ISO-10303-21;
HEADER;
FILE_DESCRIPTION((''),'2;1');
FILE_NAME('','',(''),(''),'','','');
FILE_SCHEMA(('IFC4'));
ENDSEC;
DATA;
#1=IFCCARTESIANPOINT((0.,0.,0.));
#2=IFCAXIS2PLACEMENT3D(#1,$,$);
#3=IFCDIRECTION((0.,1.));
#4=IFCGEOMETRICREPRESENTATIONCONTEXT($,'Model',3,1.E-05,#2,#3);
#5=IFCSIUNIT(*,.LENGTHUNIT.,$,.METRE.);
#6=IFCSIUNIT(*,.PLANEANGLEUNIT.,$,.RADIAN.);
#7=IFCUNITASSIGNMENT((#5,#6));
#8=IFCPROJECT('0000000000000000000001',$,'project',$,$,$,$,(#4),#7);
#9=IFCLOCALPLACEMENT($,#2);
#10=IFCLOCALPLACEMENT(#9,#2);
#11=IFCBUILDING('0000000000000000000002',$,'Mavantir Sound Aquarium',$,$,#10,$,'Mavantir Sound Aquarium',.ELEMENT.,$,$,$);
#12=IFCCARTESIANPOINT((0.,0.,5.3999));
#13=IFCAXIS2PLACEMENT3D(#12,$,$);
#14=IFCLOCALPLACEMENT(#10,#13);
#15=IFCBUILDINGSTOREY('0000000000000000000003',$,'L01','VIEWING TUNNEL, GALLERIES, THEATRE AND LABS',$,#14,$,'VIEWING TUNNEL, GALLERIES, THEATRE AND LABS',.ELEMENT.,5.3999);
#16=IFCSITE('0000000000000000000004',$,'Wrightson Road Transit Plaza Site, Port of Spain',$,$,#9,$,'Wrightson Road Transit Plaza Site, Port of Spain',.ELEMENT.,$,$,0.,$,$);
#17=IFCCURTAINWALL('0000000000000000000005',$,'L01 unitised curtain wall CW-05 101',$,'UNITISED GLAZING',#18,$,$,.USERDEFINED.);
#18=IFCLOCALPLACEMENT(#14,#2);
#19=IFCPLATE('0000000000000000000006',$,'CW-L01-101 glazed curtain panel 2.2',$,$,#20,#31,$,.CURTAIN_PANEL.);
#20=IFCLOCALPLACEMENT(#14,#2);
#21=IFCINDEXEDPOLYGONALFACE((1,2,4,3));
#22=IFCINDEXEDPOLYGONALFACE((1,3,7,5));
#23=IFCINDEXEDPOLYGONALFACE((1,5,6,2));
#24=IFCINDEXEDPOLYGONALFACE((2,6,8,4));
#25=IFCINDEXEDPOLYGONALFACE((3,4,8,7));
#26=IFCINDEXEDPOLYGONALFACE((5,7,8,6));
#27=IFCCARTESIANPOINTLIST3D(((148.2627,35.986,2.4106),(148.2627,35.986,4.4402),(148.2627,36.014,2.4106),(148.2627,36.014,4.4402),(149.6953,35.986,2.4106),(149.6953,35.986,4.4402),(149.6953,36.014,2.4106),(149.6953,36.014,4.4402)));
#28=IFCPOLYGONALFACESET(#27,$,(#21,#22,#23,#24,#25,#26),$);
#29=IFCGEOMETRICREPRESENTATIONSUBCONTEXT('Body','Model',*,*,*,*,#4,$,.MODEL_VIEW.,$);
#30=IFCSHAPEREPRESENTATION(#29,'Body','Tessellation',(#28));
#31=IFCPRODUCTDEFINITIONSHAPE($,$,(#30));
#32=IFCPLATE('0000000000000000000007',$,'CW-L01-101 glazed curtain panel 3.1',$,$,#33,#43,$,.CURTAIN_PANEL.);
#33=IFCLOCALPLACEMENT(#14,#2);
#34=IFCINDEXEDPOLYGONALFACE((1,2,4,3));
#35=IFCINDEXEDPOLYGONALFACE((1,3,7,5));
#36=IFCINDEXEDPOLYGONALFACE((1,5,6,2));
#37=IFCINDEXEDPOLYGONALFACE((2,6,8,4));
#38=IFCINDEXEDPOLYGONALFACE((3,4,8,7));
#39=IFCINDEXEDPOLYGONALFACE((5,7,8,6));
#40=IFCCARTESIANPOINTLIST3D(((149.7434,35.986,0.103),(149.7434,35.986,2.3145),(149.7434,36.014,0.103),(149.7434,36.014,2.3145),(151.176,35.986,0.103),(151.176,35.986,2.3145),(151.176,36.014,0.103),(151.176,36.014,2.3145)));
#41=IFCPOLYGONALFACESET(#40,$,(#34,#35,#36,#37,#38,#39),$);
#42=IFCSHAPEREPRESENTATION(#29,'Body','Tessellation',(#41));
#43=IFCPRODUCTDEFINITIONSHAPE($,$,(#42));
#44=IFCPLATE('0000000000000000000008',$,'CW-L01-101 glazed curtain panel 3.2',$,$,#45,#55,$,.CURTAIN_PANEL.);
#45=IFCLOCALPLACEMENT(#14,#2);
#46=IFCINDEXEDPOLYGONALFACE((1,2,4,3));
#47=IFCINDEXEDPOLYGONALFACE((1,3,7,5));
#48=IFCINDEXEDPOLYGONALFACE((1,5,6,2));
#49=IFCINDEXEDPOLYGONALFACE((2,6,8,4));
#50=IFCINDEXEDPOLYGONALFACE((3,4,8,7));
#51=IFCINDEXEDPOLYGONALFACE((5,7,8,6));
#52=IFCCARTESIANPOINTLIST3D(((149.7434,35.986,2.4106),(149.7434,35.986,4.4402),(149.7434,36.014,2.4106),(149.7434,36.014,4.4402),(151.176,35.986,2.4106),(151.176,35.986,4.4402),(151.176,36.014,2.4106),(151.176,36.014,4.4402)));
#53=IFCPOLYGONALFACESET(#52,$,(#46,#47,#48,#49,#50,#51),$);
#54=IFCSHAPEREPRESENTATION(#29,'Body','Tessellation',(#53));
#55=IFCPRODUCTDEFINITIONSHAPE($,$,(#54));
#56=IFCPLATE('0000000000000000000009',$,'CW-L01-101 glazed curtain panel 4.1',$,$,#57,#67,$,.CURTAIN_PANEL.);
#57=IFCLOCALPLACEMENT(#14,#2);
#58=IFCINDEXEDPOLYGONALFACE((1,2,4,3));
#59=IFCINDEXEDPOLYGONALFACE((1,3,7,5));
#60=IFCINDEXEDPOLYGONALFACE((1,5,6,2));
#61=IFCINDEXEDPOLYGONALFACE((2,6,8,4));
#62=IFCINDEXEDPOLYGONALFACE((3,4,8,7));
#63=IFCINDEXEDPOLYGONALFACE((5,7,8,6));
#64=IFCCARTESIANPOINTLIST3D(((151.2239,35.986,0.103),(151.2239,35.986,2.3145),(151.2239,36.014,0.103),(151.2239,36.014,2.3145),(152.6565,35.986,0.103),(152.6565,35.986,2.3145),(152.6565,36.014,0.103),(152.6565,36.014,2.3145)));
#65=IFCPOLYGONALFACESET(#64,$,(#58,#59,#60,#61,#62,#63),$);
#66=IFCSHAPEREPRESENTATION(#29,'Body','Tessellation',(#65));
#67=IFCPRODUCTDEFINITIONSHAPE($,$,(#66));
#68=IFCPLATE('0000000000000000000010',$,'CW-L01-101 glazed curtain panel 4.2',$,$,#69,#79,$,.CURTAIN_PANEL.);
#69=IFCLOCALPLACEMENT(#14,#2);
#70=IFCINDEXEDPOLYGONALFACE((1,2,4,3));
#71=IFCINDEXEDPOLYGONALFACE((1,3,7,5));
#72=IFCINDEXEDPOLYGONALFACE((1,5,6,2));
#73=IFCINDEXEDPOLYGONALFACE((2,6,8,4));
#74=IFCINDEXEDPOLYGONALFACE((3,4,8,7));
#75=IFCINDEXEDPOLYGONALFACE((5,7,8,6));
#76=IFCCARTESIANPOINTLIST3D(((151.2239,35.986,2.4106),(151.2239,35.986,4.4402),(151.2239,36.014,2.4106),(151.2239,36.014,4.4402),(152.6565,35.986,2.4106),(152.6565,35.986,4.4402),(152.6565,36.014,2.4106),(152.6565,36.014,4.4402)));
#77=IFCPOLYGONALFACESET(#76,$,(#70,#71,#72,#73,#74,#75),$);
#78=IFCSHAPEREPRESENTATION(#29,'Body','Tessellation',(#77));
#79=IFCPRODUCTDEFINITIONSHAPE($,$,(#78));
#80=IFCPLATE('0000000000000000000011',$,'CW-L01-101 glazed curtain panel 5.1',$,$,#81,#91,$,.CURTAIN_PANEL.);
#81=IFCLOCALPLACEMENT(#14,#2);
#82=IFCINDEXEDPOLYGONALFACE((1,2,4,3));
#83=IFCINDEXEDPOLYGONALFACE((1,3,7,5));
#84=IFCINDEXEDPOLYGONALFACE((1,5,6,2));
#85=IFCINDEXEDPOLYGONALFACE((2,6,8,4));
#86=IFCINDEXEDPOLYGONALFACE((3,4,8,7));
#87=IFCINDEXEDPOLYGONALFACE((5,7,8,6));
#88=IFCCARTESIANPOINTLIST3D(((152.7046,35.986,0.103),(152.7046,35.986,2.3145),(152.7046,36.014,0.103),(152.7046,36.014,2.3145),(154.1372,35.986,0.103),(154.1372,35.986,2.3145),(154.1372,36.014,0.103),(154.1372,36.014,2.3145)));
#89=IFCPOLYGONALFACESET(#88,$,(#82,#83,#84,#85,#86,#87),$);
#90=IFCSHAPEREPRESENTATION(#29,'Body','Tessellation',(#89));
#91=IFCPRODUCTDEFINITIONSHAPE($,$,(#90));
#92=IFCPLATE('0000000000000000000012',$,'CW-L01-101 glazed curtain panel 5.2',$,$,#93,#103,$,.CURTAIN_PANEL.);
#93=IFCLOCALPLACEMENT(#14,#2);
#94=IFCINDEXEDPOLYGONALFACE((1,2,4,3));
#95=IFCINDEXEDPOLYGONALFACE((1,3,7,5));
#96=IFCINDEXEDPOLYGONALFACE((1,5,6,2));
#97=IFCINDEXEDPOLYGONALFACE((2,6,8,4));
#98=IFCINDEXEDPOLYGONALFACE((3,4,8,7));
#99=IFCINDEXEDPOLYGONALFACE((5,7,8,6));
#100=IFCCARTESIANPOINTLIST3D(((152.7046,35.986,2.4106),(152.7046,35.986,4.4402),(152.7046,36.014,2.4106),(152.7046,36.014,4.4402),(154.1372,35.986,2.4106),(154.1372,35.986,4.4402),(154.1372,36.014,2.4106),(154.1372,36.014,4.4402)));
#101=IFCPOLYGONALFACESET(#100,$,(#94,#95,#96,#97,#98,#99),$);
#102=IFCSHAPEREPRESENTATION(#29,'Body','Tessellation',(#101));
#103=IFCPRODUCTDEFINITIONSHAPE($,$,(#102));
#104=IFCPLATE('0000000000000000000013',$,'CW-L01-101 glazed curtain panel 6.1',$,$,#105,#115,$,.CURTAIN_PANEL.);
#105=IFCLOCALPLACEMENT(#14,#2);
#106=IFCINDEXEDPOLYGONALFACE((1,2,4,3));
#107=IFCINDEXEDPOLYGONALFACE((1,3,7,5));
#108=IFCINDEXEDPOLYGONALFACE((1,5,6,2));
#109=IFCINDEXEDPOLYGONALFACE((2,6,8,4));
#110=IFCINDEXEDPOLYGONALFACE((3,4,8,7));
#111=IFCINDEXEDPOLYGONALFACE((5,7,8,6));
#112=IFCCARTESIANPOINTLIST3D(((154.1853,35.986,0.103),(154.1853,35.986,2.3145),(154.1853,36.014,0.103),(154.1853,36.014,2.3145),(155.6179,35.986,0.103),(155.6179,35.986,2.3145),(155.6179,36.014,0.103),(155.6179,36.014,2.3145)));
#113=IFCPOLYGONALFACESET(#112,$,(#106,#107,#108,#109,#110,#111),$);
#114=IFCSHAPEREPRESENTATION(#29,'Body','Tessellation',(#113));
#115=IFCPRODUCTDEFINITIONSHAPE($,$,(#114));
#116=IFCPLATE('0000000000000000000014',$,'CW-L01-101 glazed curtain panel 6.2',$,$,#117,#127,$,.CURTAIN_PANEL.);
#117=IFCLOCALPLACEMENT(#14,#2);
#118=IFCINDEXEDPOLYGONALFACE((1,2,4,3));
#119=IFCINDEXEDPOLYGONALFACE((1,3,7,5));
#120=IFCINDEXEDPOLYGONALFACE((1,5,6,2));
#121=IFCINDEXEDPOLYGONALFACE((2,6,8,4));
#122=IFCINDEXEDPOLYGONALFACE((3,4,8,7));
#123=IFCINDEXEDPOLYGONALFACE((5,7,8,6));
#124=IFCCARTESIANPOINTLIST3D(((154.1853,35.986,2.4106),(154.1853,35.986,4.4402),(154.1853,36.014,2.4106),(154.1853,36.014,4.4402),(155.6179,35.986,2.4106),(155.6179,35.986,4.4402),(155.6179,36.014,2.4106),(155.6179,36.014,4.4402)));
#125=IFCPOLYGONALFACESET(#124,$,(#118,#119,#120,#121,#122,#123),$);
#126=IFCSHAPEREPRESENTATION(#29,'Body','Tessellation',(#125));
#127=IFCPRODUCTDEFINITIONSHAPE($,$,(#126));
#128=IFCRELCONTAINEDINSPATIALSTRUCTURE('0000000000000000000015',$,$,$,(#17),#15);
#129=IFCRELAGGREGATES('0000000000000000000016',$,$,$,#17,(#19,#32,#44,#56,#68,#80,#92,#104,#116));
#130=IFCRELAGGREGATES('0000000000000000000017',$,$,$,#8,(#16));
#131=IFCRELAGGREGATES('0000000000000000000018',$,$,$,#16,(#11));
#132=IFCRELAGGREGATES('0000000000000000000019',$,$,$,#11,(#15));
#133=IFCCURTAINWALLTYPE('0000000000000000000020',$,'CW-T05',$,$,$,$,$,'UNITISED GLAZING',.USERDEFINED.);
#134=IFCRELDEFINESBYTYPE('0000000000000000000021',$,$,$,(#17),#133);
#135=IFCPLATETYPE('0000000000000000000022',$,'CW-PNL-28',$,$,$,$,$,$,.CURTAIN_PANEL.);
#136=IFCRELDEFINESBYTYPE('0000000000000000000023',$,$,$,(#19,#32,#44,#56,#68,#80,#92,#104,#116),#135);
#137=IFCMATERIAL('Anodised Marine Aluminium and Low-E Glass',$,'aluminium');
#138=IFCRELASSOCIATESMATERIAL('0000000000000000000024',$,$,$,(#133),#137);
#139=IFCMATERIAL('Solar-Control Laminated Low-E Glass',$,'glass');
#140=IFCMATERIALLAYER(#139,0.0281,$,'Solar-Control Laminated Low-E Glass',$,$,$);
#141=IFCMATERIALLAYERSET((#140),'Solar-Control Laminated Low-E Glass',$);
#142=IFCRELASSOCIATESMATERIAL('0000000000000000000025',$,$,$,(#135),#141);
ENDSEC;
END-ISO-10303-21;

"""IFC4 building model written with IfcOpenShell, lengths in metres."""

from ifc_helpers import new_model, si_unit, direction, frame, origin, origin_2d, place, context, subcontext, project, spatial, rectangle, extrude, material, layer, layer_set, type_object, element, aggregate, save


model = new_model("IFC4")

# Units and contexts
model_context = context("Model", 3, precision=1e-05, world=origin(), true_north=direction((0.0, 1.0)))
body_context = subcontext(model_context, "Body", "Model", "MODEL_VIEW")
ifc_project = project(units=[si_unit("LENGTHUNIT", "METRE"), si_unit("PLANEANGLEUNIT", "RADIAN")], contexts=[model_context])

# Site, building, storey
site_placement = place(None, origin())
site = spatial("IfcSite", under=ifc_project, at=site_placement, Name="Wrightson Road Transit Plaza Site, Port of Spain", LongName="Wrightson Road Transit Plaza Site, Port of Spain", CompositionType="ELEMENT", RefElevation=0.0)
building_placement = place(site_placement, origin())
building = spatial("IfcBuilding", under=site, at=building_placement, Name="Mavantir Sound Aquarium", LongName="Mavantir Sound Aquarium", CompositionType="ELEMENT")
storey_placement = place(building_placement, frame((0.0, 0.0, 5.3999)))
storey = spatial("IfcBuildingStorey", under=building, at=storey_placement, Name="L01", Description="VIEWING TUNNEL, GALLERIES, THEATRE AND LABS", LongName="VIEWING TUNNEL, GALLERIES, THEATRE AND LABS", CompositionType="ELEMENT", Elevation=5.3999)

# Curtain wall, plates
ifc_material_1 = material(Name="Anodised Marine Aluminium and Low-E Glass", Category="aluminium")
curtain_wall_type = type_object("IfcCurtainWallType", Name="CW-T05", ElementType="UNITISED GLAZING", PredefinedType="USERDEFINED", material=ifc_material_1)
curtain_wall_placement = place(storey_placement, origin())
curtain_wall = element("IfcCurtainWall", 1, at=curtain_wall_placement, inside=storey, type_object=curtain_wall_type, Name="L01 unitised curtain wall CW-05 101", ObjectType="UNITISED GLAZING", PredefinedType="USERDEFINED")
ifc_material_2 = material(Name="Solar-Control Laminated Low-E Glass", Category="glass")
ifc_layer = layer(ifc_material_2, 0.0281, Name="Solar-Control Laminated Low-E Glass")
ifc_layer_set = layer_set([ifc_layer], Name="Solar-Control Laminated Low-E Glass")
plate_type = type_object("IfcPlateType", Name="CW-PNL-28", PredefinedType="CURTAIN_PANEL", material=ifc_layer_set)
plate_1_placement = place(storey_placement, frame((148.979, 36.0, 2.4106), z_axis=(0.0, 0.0, 1.0), x_axis=(1.0, 0.0, 0.0)))
plate_1 = element("IfcPlate", 2, at=plate_1_placement, type_object=plate_type, Name="CW-L01-101 glazed curtain panel 2.2", PredefinedType="CURTAIN_PANEL", context=body_context, shape_type="SweptSolid", body=[
    extrude(rectangle(XDim=1.4326, YDim=0.0281, at=origin_2d()), origin(), (0.0, 0.0, 1.0), 2.0295),
])
plate_2_placement = place(storey_placement, frame((150.4597, 36.0, 0.103), z_axis=(0.0, 0.0, 1.0), x_axis=(1.0, 0.0, 0.0)))
plate_2 = element("IfcPlate", 3, at=plate_2_placement, type_object=plate_type, Name="CW-L01-101 glazed curtain panel 3.1", PredefinedType="CURTAIN_PANEL", context=body_context, shape_type="SweptSolid", body=[
    extrude(rectangle(XDim=1.4326, YDim=0.0281, at=origin_2d()), origin(), (0.0, 0.0, 1.0), 2.2114),
])
plate_3_placement = place(storey_placement, frame((150.4597, 36.0, 2.4106), z_axis=(0.0, 0.0, 1.0), x_axis=(1.0, 0.0, 0.0)))
plate_3 = element("IfcPlate", 4, at=plate_3_placement, type_object=plate_type, Name="CW-L01-101 glazed curtain panel 3.2", PredefinedType="CURTAIN_PANEL", context=body_context, shape_type="SweptSolid", body=[
    extrude(rectangle(XDim=1.4326, YDim=0.0281, at=origin_2d()), origin(), (0.0, 0.0, 1.0), 2.0295),
])
plate_4_placement = place(storey_placement, frame((151.9402, 36.0, 0.103), z_axis=(0.0, 0.0, 1.0), x_axis=(1.0, 0.0, 0.0)))
plate_4 = element("IfcPlate", 5, at=plate_4_placement, type_object=plate_type, Name="CW-L01-101 glazed curtain panel 4.1", PredefinedType="CURTAIN_PANEL", context=body_context, shape_type="SweptSolid", body=[
    extrude(rectangle(XDim=1.4326, YDim=0.0281, at=origin_2d()), origin(), (0.0, 0.0, 1.0), 2.2114),
])
plate_5_placement = place(storey_placement, frame((151.9402, 36.0, 2.4106), z_axis=(0.0, 0.0, 1.0), x_axis=(1.0, 0.0, 0.0)))
plate_5 = element("IfcPlate", 6, at=plate_5_placement, type_object=plate_type, Name="CW-L01-101 glazed curtain panel 4.2", PredefinedType="CURTAIN_PANEL", context=body_context, shape_type="SweptSolid", body=[
    extrude(rectangle(XDim=1.4326, YDim=0.0281, at=origin_2d()), origin(), (0.0, 0.0, 1.0), 2.0295),
])
plate_6_placement = place(storey_placement, frame((153.4209, 36.0, 0.103), z_axis=(0.0, 0.0, 1.0), x_axis=(1.0, 0.0, 0.0)))
plate_6 = element("IfcPlate", 7, at=plate_6_placement, type_object=plate_type, Name="CW-L01-101 glazed curtain panel 5.1", PredefinedType="CURTAIN_PANEL", context=body_context, shape_type="SweptSolid", body=[
    extrude(rectangle(XDim=1.4326, YDim=0.0281, at=origin_2d()), origin(), (0.0, 0.0, 1.0), 2.2114),
])
plate_7_placement = place(storey_placement, frame((153.4209, 36.0, 2.4106), z_axis=(0.0, 0.0, 1.0), x_axis=(1.0, 0.0, 0.0)))
plate_7 = element("IfcPlate", 8, at=plate_7_placement, type_object=plate_type, Name="CW-L01-101 glazed curtain panel 5.2", PredefinedType="CURTAIN_PANEL", context=body_context, shape_type="SweptSolid", body=[
    extrude(rectangle(XDim=1.4326, YDim=0.0281, at=origin_2d()), origin(), (0.0, 0.0, 1.0), 2.0295),
])
plate_8_placement = place(storey_placement, frame((154.9016, 36.0, 0.103), z_axis=(0.0, 0.0, 1.0), x_axis=(1.0, 0.0, 0.0)))
plate_8 = element("IfcPlate", 9, at=plate_8_placement, type_object=plate_type, Name="CW-L01-101 glazed curtain panel 6.1", PredefinedType="CURTAIN_PANEL", context=body_context, shape_type="SweptSolid", body=[
    extrude(rectangle(XDim=1.4326, YDim=0.0281, at=origin_2d()), origin(), (0.0, 0.0, 1.0), 2.2114),
])
plate_9_placement = place(storey_placement, frame((154.9016, 36.0, 2.4106), z_axis=(0.0, 0.0, 1.0), x_axis=(1.0, 0.0, 0.0)))
plate_9 = element("IfcPlate", 10, at=plate_9_placement, type_object=plate_type, Name="CW-L01-101 glazed curtain panel 6.2", PredefinedType="CURTAIN_PANEL", context=body_context, shape_type="SweptSolid", body=[
    extrude(rectangle(XDim=1.4326, YDim=0.0281, at=origin_2d()), origin(), (0.0, 0.0, 1.0), 2.0295),
])
aggregate(curtain_wall, [plate_1, plate_2, plate_3, plate_4, plate_5, plate_6, plate_7, plate_8, plate_9])

save(model, "model.ifc")
